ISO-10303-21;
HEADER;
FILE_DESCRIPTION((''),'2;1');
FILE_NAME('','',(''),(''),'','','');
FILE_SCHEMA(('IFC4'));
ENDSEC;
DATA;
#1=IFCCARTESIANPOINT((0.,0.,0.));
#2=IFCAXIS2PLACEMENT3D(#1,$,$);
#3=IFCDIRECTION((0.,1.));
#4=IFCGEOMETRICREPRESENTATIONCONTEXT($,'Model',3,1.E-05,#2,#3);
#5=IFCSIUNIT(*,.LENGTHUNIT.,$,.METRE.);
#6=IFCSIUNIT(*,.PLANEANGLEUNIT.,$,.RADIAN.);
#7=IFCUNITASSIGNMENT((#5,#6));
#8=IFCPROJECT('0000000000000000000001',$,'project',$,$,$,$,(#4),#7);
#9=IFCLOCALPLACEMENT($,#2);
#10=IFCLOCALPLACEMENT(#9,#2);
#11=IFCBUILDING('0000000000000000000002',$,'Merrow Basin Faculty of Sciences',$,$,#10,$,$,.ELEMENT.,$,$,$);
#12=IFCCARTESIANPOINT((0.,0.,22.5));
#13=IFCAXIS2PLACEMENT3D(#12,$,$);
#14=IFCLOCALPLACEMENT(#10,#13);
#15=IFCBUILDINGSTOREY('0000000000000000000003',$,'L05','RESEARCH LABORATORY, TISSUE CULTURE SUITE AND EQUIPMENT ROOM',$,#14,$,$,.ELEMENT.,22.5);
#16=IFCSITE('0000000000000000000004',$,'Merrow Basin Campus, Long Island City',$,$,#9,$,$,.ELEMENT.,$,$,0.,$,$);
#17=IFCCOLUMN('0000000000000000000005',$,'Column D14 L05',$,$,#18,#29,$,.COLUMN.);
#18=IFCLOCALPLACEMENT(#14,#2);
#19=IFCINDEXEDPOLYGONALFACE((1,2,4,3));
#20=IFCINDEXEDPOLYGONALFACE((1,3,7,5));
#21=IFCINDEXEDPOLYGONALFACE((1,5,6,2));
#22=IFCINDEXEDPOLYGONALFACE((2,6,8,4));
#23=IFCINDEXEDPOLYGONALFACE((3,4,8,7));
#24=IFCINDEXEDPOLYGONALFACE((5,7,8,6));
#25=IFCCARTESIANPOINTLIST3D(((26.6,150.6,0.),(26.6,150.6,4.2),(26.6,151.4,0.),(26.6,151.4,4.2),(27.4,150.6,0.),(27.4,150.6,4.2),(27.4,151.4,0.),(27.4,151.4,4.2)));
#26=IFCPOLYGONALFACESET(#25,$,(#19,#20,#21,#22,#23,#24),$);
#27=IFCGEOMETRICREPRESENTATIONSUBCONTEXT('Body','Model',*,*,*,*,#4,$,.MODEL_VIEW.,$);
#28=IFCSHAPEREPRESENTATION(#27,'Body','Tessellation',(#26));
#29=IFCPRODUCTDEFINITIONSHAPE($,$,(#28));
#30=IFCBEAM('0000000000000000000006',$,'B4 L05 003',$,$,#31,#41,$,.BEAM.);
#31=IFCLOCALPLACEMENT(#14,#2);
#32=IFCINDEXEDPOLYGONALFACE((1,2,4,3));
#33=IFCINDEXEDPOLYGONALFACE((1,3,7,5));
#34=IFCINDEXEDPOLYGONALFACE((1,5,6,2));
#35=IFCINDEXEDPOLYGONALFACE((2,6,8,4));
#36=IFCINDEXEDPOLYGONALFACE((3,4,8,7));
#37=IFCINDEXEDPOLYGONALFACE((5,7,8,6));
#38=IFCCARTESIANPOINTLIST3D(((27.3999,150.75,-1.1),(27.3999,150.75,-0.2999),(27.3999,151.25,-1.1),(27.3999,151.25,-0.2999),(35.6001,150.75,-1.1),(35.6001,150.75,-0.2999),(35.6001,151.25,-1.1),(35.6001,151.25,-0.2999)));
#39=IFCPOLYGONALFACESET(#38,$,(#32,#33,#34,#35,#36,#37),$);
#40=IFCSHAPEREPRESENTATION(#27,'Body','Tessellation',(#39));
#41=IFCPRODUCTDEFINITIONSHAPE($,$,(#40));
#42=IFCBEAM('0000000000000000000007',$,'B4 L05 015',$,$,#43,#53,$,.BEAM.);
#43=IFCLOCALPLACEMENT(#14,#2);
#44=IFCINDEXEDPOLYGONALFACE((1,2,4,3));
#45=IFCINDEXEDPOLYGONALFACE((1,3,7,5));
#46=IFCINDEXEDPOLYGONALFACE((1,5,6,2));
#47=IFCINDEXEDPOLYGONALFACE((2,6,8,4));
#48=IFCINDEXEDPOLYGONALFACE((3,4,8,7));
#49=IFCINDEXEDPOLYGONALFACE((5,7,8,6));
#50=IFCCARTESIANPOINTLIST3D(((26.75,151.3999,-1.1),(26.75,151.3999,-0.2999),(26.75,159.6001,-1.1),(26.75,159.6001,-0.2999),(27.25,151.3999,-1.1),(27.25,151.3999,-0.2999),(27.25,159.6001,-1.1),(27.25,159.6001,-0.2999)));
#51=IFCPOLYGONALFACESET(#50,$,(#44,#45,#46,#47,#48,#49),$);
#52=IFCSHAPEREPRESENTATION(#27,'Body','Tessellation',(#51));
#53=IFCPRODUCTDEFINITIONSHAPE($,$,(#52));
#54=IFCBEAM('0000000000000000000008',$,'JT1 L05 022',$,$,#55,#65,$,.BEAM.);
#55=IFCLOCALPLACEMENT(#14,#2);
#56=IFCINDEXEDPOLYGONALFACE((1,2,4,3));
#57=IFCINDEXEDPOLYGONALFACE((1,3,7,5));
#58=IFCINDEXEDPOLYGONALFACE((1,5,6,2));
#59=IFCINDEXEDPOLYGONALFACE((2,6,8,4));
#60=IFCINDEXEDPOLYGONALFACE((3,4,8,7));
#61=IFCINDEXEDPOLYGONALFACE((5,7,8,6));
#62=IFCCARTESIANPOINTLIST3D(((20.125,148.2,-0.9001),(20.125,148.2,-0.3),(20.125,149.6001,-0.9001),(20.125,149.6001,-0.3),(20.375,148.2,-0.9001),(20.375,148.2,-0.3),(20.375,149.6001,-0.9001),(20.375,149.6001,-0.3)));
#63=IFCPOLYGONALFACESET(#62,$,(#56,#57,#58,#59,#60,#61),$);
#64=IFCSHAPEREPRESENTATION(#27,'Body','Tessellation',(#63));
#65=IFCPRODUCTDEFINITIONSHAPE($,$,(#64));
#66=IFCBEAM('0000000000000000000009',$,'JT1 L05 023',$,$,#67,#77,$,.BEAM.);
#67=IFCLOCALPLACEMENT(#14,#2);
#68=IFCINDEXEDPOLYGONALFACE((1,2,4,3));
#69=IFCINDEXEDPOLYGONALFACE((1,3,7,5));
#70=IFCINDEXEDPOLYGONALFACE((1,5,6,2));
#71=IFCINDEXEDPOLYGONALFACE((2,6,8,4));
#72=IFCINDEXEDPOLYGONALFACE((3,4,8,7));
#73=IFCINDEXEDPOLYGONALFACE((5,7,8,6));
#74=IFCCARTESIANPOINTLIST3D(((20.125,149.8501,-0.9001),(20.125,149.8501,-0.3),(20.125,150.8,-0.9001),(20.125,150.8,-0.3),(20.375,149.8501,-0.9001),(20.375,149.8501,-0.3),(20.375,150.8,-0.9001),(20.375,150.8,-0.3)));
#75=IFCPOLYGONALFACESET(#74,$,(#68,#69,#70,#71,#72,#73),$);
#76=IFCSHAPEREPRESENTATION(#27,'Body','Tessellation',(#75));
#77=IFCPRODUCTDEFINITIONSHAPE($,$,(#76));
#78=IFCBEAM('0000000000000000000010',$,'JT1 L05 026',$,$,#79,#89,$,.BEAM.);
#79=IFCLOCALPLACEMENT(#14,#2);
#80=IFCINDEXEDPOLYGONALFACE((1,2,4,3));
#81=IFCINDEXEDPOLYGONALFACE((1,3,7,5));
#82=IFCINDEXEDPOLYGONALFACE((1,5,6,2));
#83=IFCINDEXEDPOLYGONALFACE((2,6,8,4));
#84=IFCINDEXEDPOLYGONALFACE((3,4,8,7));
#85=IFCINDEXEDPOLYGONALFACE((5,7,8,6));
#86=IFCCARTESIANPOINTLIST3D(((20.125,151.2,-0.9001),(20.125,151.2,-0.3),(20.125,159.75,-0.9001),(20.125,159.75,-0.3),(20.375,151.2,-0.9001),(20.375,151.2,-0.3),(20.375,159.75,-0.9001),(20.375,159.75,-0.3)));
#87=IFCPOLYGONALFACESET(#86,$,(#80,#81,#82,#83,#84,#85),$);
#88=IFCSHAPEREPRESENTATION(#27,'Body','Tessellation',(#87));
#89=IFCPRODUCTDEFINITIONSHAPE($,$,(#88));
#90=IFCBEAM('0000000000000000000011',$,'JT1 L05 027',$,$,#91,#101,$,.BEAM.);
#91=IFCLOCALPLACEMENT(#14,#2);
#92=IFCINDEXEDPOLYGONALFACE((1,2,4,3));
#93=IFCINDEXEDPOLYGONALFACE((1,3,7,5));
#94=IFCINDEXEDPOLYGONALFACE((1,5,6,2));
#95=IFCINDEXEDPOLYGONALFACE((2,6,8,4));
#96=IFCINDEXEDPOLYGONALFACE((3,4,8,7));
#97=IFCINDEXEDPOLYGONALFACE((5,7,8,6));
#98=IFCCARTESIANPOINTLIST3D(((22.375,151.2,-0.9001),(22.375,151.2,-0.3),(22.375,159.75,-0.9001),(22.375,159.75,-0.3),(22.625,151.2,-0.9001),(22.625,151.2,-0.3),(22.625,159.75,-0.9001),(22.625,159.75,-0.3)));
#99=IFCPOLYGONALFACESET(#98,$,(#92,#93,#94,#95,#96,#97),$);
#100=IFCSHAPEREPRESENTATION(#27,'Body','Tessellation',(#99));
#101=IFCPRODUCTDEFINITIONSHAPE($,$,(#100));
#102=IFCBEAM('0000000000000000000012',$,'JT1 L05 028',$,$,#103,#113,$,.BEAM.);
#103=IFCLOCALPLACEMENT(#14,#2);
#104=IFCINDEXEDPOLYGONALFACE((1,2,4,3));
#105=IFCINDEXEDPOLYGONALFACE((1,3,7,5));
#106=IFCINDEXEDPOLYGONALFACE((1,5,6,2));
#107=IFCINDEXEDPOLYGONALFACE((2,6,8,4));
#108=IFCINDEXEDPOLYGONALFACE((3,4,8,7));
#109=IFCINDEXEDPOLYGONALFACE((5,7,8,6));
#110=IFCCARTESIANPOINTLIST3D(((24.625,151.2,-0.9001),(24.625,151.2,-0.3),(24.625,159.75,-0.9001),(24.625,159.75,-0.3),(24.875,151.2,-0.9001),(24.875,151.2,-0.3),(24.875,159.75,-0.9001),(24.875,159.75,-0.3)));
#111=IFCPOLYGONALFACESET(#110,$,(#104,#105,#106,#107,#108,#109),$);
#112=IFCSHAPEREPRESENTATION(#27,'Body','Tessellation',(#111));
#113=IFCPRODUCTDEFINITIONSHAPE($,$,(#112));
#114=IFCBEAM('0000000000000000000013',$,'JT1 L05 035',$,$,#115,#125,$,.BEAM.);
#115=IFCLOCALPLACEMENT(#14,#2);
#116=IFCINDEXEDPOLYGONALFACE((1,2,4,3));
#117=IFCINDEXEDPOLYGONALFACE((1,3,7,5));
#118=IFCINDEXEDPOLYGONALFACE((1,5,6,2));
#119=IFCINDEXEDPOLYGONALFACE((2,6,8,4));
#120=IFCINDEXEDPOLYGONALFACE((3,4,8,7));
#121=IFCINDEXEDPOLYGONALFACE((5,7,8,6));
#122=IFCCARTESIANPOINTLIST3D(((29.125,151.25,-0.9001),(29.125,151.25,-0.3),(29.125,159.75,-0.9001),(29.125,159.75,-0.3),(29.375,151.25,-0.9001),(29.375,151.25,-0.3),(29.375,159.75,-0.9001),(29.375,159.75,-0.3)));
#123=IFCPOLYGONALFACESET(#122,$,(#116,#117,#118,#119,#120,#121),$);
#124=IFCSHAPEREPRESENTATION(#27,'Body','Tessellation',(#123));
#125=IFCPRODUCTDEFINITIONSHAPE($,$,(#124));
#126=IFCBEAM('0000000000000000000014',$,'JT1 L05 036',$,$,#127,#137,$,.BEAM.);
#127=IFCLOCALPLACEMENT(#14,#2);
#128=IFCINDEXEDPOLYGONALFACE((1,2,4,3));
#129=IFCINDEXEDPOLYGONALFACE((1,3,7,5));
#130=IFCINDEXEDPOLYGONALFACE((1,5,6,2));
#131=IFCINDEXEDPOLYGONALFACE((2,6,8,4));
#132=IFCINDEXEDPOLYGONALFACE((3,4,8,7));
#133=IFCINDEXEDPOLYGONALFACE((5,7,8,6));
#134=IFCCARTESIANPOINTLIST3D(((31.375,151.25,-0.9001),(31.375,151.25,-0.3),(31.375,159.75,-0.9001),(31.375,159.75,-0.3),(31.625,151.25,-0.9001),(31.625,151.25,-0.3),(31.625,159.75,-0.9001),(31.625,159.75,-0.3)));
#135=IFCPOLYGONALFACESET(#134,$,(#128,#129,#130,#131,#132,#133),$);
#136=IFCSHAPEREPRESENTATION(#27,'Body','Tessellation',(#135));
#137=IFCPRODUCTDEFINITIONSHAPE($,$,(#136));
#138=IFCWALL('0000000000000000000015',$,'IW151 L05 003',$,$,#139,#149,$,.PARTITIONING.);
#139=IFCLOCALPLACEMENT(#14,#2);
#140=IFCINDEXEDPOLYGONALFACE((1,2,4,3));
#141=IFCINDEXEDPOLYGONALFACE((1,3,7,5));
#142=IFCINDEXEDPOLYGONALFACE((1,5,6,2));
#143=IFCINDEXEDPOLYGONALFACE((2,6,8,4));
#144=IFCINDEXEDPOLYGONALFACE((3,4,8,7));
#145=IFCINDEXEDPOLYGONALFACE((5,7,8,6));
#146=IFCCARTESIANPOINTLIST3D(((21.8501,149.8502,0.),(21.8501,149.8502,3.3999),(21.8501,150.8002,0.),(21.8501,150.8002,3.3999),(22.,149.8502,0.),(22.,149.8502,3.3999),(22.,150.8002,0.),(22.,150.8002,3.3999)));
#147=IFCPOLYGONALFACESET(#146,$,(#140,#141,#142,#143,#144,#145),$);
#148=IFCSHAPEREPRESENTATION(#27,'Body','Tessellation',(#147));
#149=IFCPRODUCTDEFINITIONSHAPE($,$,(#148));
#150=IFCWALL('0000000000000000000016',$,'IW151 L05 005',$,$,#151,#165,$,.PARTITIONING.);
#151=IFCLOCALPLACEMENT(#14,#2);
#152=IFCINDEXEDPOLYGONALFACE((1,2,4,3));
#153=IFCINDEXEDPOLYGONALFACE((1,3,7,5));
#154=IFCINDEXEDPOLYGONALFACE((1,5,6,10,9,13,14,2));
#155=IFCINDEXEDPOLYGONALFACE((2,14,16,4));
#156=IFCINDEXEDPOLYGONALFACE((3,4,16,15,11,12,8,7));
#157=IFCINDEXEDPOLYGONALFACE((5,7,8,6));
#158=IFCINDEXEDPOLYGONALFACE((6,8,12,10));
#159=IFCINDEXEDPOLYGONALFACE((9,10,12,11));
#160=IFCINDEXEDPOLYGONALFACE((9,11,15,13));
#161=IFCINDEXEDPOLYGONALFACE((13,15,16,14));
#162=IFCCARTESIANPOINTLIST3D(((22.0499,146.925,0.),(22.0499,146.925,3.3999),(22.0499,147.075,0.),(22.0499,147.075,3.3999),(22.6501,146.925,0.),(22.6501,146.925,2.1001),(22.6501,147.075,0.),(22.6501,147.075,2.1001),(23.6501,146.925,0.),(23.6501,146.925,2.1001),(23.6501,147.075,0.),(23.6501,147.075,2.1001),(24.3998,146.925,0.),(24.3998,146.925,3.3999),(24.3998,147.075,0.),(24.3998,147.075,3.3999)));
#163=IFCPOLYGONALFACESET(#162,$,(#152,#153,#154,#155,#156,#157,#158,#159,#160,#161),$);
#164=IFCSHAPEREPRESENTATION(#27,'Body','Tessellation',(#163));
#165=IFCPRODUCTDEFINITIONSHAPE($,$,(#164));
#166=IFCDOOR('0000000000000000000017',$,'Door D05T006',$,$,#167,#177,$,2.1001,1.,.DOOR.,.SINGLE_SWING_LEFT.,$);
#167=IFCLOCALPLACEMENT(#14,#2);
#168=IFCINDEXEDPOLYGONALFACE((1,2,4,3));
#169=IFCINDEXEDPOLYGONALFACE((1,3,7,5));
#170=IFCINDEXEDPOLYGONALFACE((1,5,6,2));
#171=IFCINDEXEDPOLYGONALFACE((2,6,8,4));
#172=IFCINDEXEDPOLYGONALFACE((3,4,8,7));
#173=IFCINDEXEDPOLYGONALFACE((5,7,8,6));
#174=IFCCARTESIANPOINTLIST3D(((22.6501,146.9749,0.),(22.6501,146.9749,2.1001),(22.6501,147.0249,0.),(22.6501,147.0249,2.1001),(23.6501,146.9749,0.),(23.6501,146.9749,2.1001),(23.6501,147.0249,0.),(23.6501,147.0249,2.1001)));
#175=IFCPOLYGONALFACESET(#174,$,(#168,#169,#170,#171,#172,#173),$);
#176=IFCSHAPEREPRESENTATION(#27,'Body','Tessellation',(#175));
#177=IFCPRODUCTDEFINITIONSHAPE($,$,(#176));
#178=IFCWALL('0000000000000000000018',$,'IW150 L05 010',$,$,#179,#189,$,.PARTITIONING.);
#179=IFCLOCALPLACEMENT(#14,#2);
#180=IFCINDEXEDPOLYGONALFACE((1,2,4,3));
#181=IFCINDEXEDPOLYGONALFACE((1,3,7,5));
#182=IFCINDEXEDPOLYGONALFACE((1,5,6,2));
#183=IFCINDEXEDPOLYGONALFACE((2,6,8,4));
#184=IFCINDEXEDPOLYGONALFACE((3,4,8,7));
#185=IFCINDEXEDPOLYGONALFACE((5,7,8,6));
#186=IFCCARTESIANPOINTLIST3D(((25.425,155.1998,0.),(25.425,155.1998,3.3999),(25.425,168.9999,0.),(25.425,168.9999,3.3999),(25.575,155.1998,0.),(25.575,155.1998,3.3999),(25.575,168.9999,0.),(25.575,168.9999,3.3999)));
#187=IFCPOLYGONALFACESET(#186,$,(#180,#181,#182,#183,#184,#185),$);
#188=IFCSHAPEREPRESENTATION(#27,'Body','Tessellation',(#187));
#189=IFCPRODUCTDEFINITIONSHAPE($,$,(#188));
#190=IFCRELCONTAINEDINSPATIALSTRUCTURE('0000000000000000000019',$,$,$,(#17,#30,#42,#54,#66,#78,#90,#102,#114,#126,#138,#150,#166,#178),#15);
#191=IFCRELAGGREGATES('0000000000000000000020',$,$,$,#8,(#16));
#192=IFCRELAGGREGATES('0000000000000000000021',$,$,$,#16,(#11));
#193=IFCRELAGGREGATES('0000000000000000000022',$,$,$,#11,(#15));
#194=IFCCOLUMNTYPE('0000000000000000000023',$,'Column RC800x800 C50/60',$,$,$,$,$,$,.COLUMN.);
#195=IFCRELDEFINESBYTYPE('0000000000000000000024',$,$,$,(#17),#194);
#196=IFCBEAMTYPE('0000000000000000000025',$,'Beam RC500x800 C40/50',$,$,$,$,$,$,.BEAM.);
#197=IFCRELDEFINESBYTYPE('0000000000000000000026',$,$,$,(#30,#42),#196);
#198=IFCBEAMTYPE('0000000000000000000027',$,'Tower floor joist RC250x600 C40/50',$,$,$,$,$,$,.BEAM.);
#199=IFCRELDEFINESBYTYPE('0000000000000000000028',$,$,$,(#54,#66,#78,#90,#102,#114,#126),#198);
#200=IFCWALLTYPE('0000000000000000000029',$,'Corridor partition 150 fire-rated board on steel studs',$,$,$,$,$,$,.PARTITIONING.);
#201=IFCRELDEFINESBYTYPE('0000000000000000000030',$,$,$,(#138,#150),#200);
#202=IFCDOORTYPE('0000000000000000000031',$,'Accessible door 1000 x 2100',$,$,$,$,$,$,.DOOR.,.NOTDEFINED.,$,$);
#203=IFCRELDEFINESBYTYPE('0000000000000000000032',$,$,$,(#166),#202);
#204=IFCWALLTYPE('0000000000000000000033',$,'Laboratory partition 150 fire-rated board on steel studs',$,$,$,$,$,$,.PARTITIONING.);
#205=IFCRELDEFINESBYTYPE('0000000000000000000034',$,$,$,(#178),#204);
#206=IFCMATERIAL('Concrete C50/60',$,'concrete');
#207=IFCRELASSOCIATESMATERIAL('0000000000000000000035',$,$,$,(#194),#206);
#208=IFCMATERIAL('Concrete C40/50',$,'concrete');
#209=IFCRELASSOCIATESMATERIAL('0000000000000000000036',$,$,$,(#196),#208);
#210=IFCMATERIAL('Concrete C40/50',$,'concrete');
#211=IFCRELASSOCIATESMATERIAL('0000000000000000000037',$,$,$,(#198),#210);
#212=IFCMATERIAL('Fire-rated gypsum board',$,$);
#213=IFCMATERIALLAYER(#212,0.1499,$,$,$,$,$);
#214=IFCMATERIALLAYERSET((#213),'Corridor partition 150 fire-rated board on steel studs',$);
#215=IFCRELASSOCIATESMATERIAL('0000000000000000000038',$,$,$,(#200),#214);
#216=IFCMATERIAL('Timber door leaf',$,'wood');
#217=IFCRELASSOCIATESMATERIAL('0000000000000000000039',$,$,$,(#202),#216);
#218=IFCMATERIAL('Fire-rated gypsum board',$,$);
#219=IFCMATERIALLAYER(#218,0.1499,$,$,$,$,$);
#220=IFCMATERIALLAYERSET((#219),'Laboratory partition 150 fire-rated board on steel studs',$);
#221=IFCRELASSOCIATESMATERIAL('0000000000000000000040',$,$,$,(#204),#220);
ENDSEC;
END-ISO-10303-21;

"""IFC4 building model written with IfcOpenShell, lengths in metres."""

from ifc_helpers import new_model, si_unit, direction, frame, frame_2d, origin, origin_2d, place, context, subcontext, project, spatial, rectangle, extrude, material, layer, layer_set, material_profile, profile_set, type_object, element, fill, save


model = new_model("IFC4")

# Units and contexts
model_context = context("Model", 3, precision=1e-05, world=origin(), true_north=direction((0.0, 1.0)))
body_context = subcontext(model_context, "Body", "Model", "MODEL_VIEW")
ifc_project = project(units=[si_unit("LENGTHUNIT", "METRE"), si_unit("PLANEANGLEUNIT", "RADIAN")], contexts=[model_context])

# Site, building, storey
site_placement = place(None, origin())
site = spatial("IfcSite", under=ifc_project, at=site_placement, Name="Merrow Basin Campus, Long Island City", CompositionType="ELEMENT", RefElevation=0.0)
building_placement = place(site_placement, origin())
building = spatial("IfcBuilding", under=site, at=building_placement, Name="Merrow Basin Faculty of Sciences", CompositionType="ELEMENT")
storey_placement = place(building_placement, frame((0.0, 0.0, 22.5)))
storey = spatial("IfcBuildingStorey", under=building, at=storey_placement, Name="L05", Description="RESEARCH LABORATORY, TISSUE CULTURE SUITE AND EQUIPMENT ROOM", CompositionType="ELEMENT", Elevation=22.5)

# Column
ifc_material_1 = material(Name="Concrete C50/60", Category="concrete")
ifc_material_profile_1 = material_profile(ifc_material_1, rectangle(XDim=0.8, YDim=0.8, at=origin_2d()))
ifc_profile_set_1 = profile_set([ifc_material_profile_1], Name="Concrete C50/60")
column_type = type_object("IfcColumnType", Name="Column RC800x800 C50/60", PredefinedType="COLUMN", material=ifc_profile_set_1)
column_placement = place(storey_placement, frame((27.0, 151.0, 0.0), z_axis=(0.0, 0.0, 1.0), x_axis=(1.0, 0.0, 0.0)))
element("IfcColumn", 1, at=column_placement, inside=storey, type_object=column_type, Name="Column D14 L05", PredefinedType="COLUMN", context=body_context, shape_type="SweptSolid", body=[
    extrude(rectangle(XDim=0.8, YDim=0.8, at=origin_2d()), origin(), (0.0, 0.0, 1.0), 4.2),
])

# Beams
ifc_material_2 = material(Name="Concrete C40/50", Category="concrete")
ifc_material_profile_2 = material_profile(ifc_material_2, rectangle(XDim=0.5, YDim=0.8, at=origin_2d()))
ifc_profile_set_2 = profile_set([ifc_material_profile_2], Name="Concrete C40/50")
beam_type_1 = type_object("IfcBeamType", Name="Beam RC500x800 C40/50", PredefinedType="BEAM", material=ifc_profile_set_2)
for number, where, z_axis, x_axis, name in (
    (2, (27.3999, 151.0, -0.7), (1.0, 0.0, 0.0), (0.0, 1.0, 0.0), "B4 L05 003"),
    (3, (27.0, 151.3999, -0.7), (0.0, 1.0, 0.0), (-1.0, 0.0, 0.0), "B4 L05 015"),
):
    element("IfcBeam", number, at=place(storey_placement, frame(where, z_axis=z_axis, x_axis=x_axis)), inside=storey, type_object=beam_type_1, Name=name, PredefinedType="BEAM", context=body_context, shape_type="SweptSolid", body=[
        extrude(rectangle(XDim=0.5, YDim=0.8, at=origin_2d()), origin(), (0.0, 0.0, 1.0), 8.2002),
    ])
ifc_material_3 = material(Name="Concrete C40/50", Category="concrete")
ifc_material_profile_3 = material_profile(ifc_material_3, rectangle(XDim=0.25, YDim=0.6001, at=origin_2d()))
ifc_profile_set_3 = profile_set([ifc_material_profile_3], Name="Concrete C40/50")
beam_type_2 = type_object("IfcBeamType", Name="Tower floor joist RC250x600 C40/50", PredefinedType="BEAM", material=ifc_profile_set_3)
beam_1_placement = place(storey_placement, frame((20.25, 148.2, -0.6001), z_axis=(0.0, 1.0, 0.0), x_axis=(-1.0, 0.0, 0.0)))
element("IfcBeam", 4, at=beam_1_placement, inside=storey, type_object=beam_type_2, Name="JT1 L05 022", PredefinedType="BEAM", context=body_context, shape_type="SweptSolid", body=[
    extrude(rectangle(XDim=0.25, YDim=0.6001, at=origin_2d()), origin(), (0.0, 0.0, 1.0), 1.4001),
])
beam_2_placement = place(storey_placement, frame((20.25, 149.8501, -0.6001), z_axis=(0.0, 1.0, 0.0), x_axis=(-1.0, 0.0, 0.0)))
element("IfcBeam", 5, at=beam_2_placement, inside=storey, type_object=beam_type_2, Name="JT1 L05 023", PredefinedType="BEAM", context=body_context, shape_type="SweptSolid", body=[
    extrude(rectangle(XDim=0.25, YDim=0.6001, at=origin_2d()), origin(), (0.0, 0.0, 1.0), 0.95),
])
for number, where, z_axis, x_axis, name in (
    (6, (20.25, 151.2, -0.6001), (0.0, 1.0, 0.0), (-1.0, 0.0, 0.0), "JT1 L05 026"),
    (7, (22.5, 151.2, -0.6001), (0.0, 1.0, 0.0), (-1.0, 0.0, 0.0), "JT1 L05 027"),
    (8, (24.75, 151.2, -0.6001), (0.0, 1.0, 0.0), (-1.0, 0.0, 0.0), "JT1 L05 028"),
):
    element("IfcBeam", number, at=place(storey_placement, frame(where, z_axis=z_axis, x_axis=x_axis)), inside=storey, type_object=beam_type_2, Name=name, PredefinedType="BEAM", context=body_context, shape_type="SweptSolid", body=[
        extrude(rectangle(XDim=0.25, YDim=0.6001, at=origin_2d()), origin(), (0.0, 0.0, 1.0), 8.55),
    ])
for number, where, z_axis, x_axis, name in (
    (9, (29.25, 151.25, -0.6001), (0.0, 1.0, 0.0), (-1.0, 0.0, 0.0), "JT1 L05 035"),
    (10, (31.5, 151.25, -0.6001), (0.0, 1.0, 0.0), (-1.0, 0.0, 0.0), "JT1 L05 036"),
):
    element("IfcBeam", number, at=place(storey_placement, frame(where, z_axis=z_axis, x_axis=x_axis)), inside=storey, type_object=beam_type_2, Name=name, PredefinedType="BEAM", context=body_context, shape_type="SweptSolid", body=[
        extrude(rectangle(XDim=0.25, YDim=0.6001, at=origin_2d()), origin(), (0.0, 0.0, 1.0), 8.5),
    ])

# Wall
ifc_material_4 = material(Name="Fire-rated gypsum board")
ifc_layer_1 = layer(ifc_material_4, 0.1499)
ifc_layer_set_1 = layer_set([ifc_layer_1], Name="Corridor partition 150 fire-rated board on steel studs")
wall_type_1 = type_object("IfcWallType", Name="Corridor partition 150 fire-rated board on steel studs", PredefinedType="PARTITIONING", material=ifc_layer_set_1)
wall_1_placement = place(storey_placement, frame((21.925, 149.8501, 0.0), z_axis=(0.0, 0.0, 1.0), x_axis=(0.0, 1.0, 0.0)))
element("IfcWall", 11, at=wall_1_placement, inside=storey, type_object=wall_type_1, Name="IW151 L05 003", PredefinedType="PARTITIONING", context=body_context, shape_type="SweptSolid", body=[
    extrude(rectangle(XDim=0.95, YDim=0.1499, at=frame_2d((0.4751, 0.0))), origin(), (0.0, 0.0, 1.0), 3.3999),
])

# Wall, opening, door
wall_2_placement = place(storey_placement, frame((22.05, 147.0, 0.0), z_axis=(0.0, 0.0, 1.0), x_axis=(1.0, 0.0, 0.0)))
wall_2 = element("IfcWall", 12, at=wall_2_placement, inside=storey, type_object=wall_type_1, Name="IW151 L05 005", PredefinedType="PARTITIONING", context=body_context, shape_type="SweptSolid", body=[
    extrude(rectangle(XDim=2.3499, YDim=0.1499, at=frame_2d((1.1748, 0.0))), origin(), (0.0, 0.0, 1.0), 3.3999),
])
opening_1_placement = place(wall_2_placement, frame((0.6001, 0.0, 0.0)))
opening_1 = element("IfcOpeningElement", 13, at=opening_1_placement, cuts=wall_2, PredefinedType="OPENING", context=body_context, shape_type="SweptSolid", body=[
    extrude(rectangle(XDim=1.0, YDim=2.1001, at=frame_2d((0.5, 1.05))), frame((0.0, 0.085, 0.0), z_axis=(0.0, -1.0, 0.0), x_axis=(1.0, 0.0, 0.0)), (0.0, 0.0, 1.0), 0.1699),
])
ifc_material_5 = material(Name="Timber door leaf", Category="wood")
door_type_1 = type_object("IfcDoorType", Name="Accessible door 1000 x 2100", OperationType="NOTDEFINED", PredefinedType="DOOR", material=ifc_material_5)
door_1_placement = place(opening_1_placement, origin())
door_1 = element("IfcDoor", 14, at=door_1_placement, inside=storey, type_object=door_type_1, Name="Door D05T006", OperationType="SINGLE_SWING_LEFT", OverallHeight=2.1001, OverallWidth=1.0, PredefinedType="DOOR", context=body_context, shape_type="SweptSolid", body=[
    extrude(rectangle(XDim=1.0, YDim=2.1001, at=frame_2d((0.5, 1.05))), frame((0.0, 0.0249, 0.0), z_axis=(0.0, -1.0, 0.0), x_axis=(1.0, 0.0, 0.0)), (0.0, 0.0, 1.0), 0.05),
])
fill(opening_1, door_1)

# Wall
ifc_material_6 = material(Name="Fire-rated gypsum board")
ifc_layer_2 = layer(ifc_material_6, 0.1499)
ifc_layer_set_2 = layer_set([ifc_layer_2], Name="Laboratory partition 150 fire-rated board on steel studs")
wall_type_2 = type_object("IfcWallType", Name="Laboratory partition 150 fire-rated board on steel studs", PredefinedType="PARTITIONING", material=ifc_layer_set_2)
wall_3_placement = place(storey_placement, frame((25.5, 155.2, 0.0), z_axis=(0.0, 0.0, 1.0), x_axis=(0.0, 1.0, 0.0)))
element("IfcWall", 15, at=wall_3_placement, inside=storey, type_object=wall_type_2, Name="IW150 L05 010", PredefinedType="PARTITIONING", context=body_context, shape_type="SweptSolid", body=[
    extrude(rectangle(XDim=13.8, YDim=0.1499, at=frame_2d((6.8999, 0.0))), origin(), (0.0, 0.0, 1.0), 3.3999),
])

save(model, "model.ifc")
